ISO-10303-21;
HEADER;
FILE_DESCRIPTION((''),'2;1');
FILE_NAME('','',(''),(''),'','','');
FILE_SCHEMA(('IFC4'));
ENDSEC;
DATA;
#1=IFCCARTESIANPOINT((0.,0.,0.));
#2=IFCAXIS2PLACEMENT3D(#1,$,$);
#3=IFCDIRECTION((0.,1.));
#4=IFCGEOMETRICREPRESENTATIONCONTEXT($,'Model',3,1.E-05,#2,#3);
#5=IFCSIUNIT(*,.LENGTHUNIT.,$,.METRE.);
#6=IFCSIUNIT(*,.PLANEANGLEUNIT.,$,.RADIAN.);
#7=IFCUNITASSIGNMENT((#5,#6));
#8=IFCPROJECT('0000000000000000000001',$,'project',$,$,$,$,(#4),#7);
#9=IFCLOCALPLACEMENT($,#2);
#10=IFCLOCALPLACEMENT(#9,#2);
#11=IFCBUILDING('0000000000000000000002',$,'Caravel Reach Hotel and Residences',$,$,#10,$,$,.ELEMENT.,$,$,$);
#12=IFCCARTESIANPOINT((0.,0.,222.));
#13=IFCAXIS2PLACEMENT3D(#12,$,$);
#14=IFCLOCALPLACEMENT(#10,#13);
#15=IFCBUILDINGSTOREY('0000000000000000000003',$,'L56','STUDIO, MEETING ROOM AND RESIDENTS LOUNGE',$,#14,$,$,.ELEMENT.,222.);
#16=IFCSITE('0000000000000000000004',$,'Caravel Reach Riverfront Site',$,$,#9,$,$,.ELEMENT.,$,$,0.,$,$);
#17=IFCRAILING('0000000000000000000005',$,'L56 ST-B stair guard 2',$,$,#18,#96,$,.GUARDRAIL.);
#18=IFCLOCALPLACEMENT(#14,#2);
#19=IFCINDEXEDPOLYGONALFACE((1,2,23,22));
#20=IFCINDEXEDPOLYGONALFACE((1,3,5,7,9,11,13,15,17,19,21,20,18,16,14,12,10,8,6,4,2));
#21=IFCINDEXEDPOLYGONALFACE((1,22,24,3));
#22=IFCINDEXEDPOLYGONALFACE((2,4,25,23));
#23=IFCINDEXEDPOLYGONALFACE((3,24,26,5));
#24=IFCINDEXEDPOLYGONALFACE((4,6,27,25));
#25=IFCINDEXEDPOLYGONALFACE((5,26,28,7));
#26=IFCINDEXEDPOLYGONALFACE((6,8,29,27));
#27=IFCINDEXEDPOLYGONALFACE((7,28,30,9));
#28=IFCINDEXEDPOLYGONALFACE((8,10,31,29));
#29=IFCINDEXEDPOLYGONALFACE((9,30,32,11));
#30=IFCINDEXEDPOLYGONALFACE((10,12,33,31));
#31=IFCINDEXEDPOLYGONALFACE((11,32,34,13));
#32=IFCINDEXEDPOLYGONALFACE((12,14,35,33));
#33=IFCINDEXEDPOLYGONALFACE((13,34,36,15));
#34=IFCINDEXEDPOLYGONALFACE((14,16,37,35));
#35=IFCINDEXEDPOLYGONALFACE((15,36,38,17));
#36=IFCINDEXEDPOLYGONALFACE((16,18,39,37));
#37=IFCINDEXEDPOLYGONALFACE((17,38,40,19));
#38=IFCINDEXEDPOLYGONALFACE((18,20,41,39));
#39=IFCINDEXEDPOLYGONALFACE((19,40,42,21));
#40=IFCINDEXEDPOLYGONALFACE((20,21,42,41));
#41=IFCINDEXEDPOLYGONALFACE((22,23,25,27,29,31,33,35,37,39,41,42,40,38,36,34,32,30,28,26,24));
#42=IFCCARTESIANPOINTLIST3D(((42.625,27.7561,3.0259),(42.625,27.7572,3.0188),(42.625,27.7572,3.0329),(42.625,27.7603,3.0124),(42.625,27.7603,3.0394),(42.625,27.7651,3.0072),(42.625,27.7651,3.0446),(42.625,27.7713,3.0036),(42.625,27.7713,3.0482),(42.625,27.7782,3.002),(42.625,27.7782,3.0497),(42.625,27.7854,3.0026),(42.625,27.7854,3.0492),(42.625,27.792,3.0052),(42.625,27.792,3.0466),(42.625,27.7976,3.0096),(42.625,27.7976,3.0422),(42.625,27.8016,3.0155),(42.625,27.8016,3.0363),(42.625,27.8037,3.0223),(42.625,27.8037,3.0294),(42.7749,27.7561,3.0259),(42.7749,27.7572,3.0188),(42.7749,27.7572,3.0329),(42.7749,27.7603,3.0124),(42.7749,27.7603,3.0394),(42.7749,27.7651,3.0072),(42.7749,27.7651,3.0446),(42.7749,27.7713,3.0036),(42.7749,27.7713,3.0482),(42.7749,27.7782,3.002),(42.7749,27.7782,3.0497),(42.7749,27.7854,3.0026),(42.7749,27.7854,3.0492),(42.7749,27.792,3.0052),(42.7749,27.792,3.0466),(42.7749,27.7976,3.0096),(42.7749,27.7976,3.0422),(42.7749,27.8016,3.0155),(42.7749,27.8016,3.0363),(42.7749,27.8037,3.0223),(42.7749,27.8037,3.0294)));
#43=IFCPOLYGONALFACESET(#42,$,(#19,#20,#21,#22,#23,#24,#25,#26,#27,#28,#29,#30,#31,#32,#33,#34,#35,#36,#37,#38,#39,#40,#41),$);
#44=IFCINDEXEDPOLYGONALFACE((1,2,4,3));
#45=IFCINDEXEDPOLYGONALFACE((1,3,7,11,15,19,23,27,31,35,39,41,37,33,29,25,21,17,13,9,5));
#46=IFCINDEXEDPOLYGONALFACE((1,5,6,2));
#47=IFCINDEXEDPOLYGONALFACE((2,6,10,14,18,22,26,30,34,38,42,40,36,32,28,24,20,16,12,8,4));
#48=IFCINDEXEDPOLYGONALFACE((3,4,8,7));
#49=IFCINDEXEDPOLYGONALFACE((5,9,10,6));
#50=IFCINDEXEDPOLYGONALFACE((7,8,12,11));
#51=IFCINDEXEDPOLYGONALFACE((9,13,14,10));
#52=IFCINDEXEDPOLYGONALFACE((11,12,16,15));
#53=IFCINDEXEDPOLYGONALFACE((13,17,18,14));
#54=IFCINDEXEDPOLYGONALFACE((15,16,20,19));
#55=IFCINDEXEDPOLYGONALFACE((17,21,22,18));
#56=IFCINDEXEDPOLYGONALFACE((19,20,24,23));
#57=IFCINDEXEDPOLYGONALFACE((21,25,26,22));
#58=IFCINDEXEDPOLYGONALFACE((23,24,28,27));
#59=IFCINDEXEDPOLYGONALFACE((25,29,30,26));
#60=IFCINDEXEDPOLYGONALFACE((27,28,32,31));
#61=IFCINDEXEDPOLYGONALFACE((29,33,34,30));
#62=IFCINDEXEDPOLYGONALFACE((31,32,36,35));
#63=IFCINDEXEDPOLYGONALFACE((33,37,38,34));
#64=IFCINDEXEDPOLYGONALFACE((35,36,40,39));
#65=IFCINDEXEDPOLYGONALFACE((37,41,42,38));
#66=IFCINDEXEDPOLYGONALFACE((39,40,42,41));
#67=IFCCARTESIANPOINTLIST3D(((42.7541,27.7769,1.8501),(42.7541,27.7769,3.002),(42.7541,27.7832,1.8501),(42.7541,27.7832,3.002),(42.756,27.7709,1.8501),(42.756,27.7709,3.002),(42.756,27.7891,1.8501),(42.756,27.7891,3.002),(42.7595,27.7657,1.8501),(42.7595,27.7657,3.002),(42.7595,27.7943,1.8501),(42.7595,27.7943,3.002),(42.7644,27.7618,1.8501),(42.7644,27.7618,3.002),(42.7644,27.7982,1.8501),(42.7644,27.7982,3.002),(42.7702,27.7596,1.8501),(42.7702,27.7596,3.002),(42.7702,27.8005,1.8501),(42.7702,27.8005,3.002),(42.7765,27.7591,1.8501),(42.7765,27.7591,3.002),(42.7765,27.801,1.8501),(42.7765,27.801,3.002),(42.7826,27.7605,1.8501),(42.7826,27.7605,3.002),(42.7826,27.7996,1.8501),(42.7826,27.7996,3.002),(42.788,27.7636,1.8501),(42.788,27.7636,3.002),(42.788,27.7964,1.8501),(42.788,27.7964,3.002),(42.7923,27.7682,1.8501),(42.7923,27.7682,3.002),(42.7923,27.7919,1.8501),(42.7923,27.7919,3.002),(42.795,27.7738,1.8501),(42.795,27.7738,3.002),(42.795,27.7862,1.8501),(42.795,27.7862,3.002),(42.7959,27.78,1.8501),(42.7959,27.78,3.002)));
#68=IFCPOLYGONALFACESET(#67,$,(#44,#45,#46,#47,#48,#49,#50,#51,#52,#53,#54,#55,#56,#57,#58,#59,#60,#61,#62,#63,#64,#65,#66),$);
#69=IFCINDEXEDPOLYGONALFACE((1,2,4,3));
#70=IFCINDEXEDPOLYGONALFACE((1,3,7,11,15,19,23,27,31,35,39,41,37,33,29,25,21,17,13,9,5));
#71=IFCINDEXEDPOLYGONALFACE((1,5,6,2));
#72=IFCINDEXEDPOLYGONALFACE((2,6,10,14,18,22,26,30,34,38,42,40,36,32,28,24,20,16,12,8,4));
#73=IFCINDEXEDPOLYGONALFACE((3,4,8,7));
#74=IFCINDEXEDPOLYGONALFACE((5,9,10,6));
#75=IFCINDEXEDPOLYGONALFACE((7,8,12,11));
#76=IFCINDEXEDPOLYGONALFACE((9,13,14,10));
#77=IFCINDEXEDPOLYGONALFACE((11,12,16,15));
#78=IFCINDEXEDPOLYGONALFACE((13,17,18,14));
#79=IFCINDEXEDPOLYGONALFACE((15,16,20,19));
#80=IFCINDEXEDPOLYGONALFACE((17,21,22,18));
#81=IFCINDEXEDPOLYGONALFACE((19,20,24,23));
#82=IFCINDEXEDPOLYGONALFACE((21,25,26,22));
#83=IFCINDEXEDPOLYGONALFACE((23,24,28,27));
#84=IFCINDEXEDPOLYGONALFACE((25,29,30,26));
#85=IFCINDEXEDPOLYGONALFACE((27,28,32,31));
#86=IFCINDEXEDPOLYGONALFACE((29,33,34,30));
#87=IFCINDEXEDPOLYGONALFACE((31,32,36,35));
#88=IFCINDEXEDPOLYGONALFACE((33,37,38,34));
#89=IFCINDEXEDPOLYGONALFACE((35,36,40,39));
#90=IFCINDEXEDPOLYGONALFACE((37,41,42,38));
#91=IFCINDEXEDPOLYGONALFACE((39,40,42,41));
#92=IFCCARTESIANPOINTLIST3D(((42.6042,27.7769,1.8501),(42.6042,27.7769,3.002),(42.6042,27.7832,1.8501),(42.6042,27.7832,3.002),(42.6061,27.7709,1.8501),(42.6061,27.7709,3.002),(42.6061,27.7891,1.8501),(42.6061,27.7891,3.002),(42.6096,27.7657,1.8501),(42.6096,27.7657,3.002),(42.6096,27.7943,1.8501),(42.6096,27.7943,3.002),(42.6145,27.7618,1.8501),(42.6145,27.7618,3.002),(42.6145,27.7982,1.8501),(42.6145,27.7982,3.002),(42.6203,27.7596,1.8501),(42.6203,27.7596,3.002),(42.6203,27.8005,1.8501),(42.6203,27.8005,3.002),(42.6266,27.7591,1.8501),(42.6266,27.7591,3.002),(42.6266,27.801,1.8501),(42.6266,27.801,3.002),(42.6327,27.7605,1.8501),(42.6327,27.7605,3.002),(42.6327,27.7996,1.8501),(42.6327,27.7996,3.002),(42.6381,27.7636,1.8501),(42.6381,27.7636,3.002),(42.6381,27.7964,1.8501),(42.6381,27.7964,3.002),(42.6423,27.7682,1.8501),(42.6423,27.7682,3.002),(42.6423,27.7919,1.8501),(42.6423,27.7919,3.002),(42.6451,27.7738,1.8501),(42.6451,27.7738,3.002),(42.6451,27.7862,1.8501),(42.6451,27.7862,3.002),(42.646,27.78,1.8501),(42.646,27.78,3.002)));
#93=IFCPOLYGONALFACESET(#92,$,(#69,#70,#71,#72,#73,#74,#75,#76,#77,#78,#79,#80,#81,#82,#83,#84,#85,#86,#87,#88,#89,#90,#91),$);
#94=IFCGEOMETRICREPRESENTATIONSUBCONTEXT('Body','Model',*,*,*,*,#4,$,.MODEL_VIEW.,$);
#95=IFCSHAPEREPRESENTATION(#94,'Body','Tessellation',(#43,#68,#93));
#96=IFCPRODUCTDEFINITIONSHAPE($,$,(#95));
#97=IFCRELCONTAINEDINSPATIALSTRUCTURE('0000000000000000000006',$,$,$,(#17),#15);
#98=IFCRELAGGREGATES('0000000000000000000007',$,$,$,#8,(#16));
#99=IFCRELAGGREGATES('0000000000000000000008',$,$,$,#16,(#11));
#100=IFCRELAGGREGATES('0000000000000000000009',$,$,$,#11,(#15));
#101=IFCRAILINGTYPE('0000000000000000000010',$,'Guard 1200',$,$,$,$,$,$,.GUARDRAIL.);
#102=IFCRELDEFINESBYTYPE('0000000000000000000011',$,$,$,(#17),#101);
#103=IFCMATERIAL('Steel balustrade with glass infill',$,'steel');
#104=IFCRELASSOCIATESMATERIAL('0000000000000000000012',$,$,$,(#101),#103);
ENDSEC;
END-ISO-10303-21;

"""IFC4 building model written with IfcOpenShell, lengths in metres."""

from ifc_helpers import new_model, si_unit, direction, frame, origin, origin_2d, place, context, subcontext, project, spatial, circle, extrude, material, type_object, element, save


model = new_model("IFC4")

# Units and contexts
model_context = context("Model", 3, precision=1e-05, world=origin(), true_north=direction((0.0, 1.0)))
body_context = subcontext(model_context, "Body", "Model", "MODEL_VIEW")
ifc_project = project(units=[si_unit("LENGTHUNIT", "METRE"), si_unit("PLANEANGLEUNIT", "RADIAN")], contexts=[model_context])

# Site, building, storey
site_placement = place(None, origin())
site = spatial("IfcSite", under=ifc_project, at=site_placement, Name="Caravel Reach Riverfront Site", CompositionType="ELEMENT", RefElevation=0.0)
building_placement = place(site_placement, origin())
building = spatial("IfcBuilding", under=site, at=building_placement, Name="Caravel Reach Hotel and Residences", CompositionType="ELEMENT")
storey_placement = place(building_placement, frame((0.0, 0.0, 222.0)))
storey = spatial("IfcBuildingStorey", under=building, at=storey_placement, Name="L56", Description="STUDIO, MEETING ROOM AND RESIDENTS LOUNGE", CompositionType="ELEMENT", Elevation=222.0)

# Railing
ifc_material_1 = material(Name="Steel balustrade with glass infill", Category="steel")
railing_type_1 = type_object("IfcRailingType", Name="Guard 1200", PredefinedType="GUARDRAIL", material=ifc_material_1)
railing_1_placement = place(storey_placement, frame((42.7749, 27.78, 1.8501)))
element("IfcRailing", 1, at=railing_1_placement, inside=storey, type_object=railing_type_1, Name="L56 ST-B stair guard 2", PredefinedType="GUARDRAIL", context=body_context, shape_type="SweptSolid", body=[
    extrude(circle(Radius=0.0239, at=origin_2d()), frame((0.0, 0.0, 1.1758), z_axis=(-1.0, 0.0, 0.0), x_axis=(0.0, -1.0, 0.0)), (0.0, 0.0, 1.0), 0.1499),
    extrude(circle(Radius=0.021, at=origin_2d()), origin(), (0.0, 0.0, 1.0), 1.1519),
    extrude(circle(Radius=0.021, at=origin_2d()), frame((-0.1499, 0.0, 0.0)), (0.0, 0.0, 1.0), 1.1519),
])

save(model, "model.ifc")
